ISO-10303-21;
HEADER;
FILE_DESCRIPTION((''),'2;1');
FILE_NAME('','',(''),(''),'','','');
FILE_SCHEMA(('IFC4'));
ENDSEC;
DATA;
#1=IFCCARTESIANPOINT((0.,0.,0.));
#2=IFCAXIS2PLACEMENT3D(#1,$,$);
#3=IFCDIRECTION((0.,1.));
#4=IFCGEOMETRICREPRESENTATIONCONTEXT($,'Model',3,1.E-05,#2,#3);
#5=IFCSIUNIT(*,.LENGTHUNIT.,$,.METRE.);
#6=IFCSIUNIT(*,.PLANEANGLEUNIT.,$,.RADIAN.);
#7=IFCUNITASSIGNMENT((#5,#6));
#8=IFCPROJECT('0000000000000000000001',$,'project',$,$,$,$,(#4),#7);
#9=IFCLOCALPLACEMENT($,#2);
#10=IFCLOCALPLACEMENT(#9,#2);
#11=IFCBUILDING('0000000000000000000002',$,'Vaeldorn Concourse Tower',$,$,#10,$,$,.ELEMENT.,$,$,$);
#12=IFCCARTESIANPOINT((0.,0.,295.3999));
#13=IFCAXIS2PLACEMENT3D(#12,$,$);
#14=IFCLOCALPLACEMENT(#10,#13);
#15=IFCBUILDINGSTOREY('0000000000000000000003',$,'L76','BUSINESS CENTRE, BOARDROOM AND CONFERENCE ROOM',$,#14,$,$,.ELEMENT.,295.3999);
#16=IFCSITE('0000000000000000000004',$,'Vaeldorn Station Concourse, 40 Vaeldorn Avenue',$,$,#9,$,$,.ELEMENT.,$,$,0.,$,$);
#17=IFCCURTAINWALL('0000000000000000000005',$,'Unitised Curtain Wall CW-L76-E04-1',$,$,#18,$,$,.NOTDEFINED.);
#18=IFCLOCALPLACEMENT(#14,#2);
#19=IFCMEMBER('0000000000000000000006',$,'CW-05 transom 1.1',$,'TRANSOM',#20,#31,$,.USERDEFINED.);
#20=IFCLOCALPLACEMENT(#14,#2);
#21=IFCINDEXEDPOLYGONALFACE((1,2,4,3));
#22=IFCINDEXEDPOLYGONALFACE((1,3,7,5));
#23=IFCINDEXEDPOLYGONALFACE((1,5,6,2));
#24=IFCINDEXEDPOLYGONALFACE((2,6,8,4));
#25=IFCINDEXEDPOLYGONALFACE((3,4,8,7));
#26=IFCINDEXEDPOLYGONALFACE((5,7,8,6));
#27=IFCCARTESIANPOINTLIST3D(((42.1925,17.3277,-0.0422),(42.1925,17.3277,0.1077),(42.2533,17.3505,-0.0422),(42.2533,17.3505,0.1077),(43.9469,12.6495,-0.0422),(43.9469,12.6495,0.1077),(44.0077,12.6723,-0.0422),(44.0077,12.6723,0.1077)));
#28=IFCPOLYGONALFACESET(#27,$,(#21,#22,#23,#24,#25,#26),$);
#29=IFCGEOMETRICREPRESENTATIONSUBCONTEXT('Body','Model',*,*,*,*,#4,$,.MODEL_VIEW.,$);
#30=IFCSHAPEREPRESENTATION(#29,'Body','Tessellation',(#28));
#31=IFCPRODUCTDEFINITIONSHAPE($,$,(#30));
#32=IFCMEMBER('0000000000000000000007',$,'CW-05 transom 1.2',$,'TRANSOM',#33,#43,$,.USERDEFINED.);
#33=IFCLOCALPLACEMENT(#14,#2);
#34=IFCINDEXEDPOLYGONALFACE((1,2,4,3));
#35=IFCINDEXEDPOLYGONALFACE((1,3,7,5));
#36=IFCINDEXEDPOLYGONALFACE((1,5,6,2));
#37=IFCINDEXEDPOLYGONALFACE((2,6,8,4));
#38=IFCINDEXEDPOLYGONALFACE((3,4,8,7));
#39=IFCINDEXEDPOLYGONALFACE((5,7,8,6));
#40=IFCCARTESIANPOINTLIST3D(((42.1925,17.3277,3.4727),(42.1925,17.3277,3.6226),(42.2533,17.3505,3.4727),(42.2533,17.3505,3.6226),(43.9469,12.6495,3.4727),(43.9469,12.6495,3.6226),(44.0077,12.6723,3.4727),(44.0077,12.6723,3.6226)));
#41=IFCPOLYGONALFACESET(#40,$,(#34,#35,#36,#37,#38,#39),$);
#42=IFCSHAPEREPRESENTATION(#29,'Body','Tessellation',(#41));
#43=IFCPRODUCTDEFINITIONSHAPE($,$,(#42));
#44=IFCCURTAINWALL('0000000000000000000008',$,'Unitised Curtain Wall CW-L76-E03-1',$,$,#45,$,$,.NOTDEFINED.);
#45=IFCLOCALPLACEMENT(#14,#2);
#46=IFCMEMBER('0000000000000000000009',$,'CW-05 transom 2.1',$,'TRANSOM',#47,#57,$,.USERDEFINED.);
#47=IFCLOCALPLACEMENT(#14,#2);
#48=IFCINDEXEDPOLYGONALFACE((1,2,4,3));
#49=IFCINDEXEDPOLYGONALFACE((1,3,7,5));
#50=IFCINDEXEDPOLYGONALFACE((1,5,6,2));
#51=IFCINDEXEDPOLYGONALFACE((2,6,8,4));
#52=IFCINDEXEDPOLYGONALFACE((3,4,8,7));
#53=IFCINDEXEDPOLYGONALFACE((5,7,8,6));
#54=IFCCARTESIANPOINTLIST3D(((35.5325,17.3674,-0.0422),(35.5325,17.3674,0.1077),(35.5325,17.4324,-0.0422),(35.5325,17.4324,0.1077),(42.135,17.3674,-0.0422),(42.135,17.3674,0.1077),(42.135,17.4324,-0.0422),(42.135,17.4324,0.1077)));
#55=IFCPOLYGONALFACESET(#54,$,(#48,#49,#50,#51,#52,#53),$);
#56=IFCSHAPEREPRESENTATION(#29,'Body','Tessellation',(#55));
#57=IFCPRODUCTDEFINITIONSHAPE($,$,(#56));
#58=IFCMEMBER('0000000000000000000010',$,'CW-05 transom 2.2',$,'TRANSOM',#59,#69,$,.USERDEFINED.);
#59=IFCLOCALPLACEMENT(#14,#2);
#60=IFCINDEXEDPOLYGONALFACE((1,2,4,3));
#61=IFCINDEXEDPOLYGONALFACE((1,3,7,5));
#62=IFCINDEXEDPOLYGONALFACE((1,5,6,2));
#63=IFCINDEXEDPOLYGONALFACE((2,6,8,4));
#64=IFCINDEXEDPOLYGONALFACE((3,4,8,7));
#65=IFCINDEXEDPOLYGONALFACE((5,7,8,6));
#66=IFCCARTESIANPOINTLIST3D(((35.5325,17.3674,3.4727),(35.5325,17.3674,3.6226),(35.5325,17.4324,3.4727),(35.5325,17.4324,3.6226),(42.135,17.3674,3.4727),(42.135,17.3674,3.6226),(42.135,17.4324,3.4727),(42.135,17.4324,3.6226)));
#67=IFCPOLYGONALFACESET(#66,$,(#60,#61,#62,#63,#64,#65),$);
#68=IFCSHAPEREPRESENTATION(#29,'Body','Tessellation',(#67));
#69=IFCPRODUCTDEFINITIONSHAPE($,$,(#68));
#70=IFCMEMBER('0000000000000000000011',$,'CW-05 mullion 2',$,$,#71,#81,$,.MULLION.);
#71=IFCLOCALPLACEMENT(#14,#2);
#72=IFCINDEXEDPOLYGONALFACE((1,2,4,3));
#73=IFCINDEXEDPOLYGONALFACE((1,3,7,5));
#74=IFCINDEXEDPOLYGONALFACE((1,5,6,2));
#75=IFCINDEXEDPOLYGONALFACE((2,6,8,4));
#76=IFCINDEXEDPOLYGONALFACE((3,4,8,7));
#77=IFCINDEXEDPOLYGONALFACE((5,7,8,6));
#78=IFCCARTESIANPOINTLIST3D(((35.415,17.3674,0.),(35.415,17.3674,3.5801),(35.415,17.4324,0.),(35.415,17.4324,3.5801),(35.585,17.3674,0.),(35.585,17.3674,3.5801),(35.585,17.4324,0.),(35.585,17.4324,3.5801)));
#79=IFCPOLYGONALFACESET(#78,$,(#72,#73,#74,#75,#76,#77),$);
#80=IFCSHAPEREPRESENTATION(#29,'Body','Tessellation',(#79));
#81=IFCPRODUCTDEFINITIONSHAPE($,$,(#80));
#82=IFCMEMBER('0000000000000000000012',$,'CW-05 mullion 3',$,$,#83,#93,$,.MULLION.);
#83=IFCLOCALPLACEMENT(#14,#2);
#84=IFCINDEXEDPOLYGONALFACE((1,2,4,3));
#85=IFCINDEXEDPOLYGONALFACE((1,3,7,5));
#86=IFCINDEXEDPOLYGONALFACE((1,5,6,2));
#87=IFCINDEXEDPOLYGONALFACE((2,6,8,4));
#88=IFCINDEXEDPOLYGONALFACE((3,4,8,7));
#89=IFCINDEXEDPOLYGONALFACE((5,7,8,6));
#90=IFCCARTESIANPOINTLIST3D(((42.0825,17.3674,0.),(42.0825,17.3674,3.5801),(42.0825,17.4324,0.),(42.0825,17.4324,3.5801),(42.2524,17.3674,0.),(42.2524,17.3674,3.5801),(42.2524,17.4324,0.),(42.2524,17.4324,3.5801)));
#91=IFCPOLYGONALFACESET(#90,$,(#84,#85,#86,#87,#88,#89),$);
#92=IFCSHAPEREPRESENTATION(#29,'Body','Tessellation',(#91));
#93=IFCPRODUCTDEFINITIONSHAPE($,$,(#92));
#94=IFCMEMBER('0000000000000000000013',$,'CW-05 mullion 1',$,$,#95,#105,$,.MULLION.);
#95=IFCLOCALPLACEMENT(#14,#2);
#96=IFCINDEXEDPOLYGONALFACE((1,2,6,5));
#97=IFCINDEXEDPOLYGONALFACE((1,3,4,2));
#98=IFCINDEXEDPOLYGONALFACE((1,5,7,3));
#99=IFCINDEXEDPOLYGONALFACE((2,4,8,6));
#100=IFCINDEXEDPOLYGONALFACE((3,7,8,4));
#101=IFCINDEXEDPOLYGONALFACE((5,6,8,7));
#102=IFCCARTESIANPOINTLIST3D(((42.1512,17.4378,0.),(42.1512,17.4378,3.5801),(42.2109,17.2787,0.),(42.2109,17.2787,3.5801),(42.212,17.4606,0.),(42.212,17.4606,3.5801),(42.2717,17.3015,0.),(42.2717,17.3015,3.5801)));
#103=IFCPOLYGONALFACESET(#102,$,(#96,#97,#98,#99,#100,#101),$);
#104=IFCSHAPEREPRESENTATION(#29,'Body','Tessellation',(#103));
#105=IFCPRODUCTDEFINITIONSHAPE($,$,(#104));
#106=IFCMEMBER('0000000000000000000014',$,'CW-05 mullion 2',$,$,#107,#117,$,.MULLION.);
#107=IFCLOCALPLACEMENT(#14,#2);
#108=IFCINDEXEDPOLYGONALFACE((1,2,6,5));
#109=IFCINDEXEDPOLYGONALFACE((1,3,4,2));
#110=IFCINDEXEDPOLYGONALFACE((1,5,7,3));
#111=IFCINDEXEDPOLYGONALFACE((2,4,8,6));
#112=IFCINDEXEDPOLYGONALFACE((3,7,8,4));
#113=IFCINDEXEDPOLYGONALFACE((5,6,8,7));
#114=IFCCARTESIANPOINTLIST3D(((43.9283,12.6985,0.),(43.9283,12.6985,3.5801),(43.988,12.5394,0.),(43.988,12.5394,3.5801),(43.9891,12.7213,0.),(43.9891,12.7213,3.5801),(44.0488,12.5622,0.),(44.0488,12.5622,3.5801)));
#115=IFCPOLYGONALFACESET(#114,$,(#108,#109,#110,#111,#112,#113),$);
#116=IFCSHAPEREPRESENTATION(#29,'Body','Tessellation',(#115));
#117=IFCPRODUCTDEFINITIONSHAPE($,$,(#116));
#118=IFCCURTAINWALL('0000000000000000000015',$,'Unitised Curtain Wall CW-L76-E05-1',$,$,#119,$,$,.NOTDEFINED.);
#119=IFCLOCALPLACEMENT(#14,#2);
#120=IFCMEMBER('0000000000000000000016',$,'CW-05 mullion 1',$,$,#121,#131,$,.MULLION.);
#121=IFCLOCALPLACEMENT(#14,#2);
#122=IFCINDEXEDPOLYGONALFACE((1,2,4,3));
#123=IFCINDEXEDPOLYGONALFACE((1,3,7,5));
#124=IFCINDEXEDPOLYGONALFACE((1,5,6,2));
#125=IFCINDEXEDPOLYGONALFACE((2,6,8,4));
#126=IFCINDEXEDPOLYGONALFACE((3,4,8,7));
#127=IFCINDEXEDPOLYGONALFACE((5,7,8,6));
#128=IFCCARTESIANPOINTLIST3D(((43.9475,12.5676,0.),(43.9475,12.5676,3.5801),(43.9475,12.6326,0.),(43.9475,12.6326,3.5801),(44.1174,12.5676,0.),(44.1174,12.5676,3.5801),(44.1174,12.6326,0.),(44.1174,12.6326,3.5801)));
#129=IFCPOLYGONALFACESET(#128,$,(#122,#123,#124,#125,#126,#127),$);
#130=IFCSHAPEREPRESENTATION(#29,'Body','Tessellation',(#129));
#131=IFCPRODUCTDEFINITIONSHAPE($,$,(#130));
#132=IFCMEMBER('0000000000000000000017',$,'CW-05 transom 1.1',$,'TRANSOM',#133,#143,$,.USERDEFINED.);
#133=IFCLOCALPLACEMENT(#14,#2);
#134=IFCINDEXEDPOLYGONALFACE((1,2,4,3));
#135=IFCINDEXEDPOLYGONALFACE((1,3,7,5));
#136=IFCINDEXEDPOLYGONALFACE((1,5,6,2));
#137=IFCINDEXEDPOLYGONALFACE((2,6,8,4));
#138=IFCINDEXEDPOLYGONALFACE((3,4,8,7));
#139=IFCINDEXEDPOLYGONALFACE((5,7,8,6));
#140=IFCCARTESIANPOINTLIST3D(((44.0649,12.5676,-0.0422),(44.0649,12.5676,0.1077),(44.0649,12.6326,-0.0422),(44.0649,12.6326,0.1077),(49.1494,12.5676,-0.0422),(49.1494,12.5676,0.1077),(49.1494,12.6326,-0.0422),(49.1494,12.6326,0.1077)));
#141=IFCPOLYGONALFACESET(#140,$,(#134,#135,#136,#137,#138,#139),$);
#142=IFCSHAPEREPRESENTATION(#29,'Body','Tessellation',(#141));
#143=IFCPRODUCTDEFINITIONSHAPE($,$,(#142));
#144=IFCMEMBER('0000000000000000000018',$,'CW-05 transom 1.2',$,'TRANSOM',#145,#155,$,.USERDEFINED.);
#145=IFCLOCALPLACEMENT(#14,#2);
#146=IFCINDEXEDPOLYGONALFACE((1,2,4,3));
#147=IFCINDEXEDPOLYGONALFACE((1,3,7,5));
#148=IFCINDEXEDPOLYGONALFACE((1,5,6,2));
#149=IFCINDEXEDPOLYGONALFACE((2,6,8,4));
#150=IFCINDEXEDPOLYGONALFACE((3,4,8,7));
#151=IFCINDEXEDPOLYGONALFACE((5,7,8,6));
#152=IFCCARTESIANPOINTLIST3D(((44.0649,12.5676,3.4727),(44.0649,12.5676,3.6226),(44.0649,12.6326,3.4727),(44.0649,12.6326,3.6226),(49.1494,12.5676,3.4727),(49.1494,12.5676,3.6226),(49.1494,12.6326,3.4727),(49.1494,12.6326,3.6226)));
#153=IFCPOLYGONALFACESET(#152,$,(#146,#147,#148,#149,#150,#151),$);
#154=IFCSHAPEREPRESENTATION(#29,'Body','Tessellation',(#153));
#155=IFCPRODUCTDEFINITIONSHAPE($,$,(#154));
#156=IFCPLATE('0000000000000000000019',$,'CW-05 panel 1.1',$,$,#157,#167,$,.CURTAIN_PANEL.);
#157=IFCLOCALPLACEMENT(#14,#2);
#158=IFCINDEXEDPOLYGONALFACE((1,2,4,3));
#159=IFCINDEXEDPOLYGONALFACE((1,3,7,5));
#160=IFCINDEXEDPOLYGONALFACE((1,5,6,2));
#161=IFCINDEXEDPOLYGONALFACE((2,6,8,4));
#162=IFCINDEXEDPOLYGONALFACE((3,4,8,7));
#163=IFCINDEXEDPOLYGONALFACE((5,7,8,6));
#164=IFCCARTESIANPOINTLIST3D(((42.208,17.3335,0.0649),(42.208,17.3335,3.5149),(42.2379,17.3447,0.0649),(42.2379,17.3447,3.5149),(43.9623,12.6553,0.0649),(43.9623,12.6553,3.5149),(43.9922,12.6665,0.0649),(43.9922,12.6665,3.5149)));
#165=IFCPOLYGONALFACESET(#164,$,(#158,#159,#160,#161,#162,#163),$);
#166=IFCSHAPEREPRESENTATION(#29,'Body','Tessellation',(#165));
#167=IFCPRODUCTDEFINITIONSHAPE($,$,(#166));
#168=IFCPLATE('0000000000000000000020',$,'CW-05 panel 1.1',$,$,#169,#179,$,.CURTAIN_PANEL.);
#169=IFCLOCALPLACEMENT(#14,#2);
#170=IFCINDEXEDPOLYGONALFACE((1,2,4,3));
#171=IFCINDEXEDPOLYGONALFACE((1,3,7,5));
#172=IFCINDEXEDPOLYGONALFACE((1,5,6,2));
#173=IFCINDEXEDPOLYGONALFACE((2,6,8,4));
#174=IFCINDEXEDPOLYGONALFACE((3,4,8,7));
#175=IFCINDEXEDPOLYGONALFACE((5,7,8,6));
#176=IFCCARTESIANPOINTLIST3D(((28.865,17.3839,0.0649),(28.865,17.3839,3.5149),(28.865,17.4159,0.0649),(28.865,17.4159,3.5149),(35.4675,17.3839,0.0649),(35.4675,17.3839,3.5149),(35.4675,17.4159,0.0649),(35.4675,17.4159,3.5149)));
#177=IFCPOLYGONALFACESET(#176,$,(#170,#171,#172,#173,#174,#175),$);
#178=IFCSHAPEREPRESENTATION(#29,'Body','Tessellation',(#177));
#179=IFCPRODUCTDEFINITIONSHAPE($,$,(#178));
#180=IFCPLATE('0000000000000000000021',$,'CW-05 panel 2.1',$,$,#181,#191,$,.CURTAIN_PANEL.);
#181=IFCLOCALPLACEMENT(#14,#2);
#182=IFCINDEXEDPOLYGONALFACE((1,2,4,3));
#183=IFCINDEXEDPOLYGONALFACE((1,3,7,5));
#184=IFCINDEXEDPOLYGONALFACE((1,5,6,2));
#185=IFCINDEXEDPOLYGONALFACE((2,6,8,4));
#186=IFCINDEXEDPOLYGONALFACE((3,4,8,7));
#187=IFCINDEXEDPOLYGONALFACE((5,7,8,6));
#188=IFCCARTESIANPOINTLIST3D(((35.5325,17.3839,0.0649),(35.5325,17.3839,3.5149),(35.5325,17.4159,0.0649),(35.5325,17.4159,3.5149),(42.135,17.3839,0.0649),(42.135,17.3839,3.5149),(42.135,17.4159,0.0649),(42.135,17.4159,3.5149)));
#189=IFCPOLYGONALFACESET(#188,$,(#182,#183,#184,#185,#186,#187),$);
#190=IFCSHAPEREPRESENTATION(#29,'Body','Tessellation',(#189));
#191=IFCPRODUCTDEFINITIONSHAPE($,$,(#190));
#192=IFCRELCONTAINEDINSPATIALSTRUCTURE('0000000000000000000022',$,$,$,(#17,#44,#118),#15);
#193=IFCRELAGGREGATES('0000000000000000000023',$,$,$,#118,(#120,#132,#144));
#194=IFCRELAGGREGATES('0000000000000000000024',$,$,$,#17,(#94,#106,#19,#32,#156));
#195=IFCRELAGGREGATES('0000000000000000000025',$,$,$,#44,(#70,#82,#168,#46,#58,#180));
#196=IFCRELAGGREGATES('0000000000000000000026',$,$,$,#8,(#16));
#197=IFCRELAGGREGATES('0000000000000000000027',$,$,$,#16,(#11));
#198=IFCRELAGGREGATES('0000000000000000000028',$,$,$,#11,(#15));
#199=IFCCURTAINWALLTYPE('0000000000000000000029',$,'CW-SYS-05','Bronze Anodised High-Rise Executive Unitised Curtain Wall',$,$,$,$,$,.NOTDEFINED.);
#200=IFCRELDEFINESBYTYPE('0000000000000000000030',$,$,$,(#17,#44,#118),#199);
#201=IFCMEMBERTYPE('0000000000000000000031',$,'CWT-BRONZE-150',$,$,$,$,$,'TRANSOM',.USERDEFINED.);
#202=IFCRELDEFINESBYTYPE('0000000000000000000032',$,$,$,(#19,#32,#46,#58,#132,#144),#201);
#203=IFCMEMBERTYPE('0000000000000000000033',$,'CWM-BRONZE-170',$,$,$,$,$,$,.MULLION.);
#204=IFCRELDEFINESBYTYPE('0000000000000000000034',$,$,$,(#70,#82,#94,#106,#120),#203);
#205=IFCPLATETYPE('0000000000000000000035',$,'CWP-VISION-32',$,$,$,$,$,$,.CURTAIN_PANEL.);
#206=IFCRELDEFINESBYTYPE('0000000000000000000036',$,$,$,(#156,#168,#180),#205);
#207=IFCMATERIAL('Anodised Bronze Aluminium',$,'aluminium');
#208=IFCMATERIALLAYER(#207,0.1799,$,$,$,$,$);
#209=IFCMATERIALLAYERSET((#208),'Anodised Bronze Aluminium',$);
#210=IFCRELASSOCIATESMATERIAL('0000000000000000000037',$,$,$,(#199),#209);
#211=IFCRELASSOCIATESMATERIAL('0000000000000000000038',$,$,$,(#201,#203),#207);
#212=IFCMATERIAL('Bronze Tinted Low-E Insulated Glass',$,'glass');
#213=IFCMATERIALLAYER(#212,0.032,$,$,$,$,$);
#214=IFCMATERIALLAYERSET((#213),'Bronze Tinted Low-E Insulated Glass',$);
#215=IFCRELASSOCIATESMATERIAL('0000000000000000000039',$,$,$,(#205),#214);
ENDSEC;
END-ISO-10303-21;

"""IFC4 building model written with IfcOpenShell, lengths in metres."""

from ifc_helpers import new_model, si_unit, direction, frame, origin, origin_2d, place, context, subcontext, project, spatial, rectangle, extrude, source, transform, mapped, material, layer, layer_set, material_profile, profile_set, type_object, element, aggregate, save


model = new_model("IFC4")

# Units and contexts
model_context = context("Model", 3, precision=1e-05, world=origin(), true_north=direction((0.0, 1.0)))
body_context = subcontext(model_context, "Body", "Model", "MODEL_VIEW")
ifc_project = project(units=[si_unit("LENGTHUNIT", "METRE"), si_unit("PLANEANGLEUNIT", "RADIAN")], contexts=[model_context])

# Site, building, storey
site_placement = place(None, origin())
site = spatial("IfcSite", under=ifc_project, at=site_placement, Name="Vaeldorn Station Concourse, 40 Vaeldorn Avenue", CompositionType="ELEMENT", RefElevation=0.0)
building_placement = place(site_placement, origin())
building = spatial("IfcBuilding", under=site, at=building_placement, Name="Vaeldorn Concourse Tower", CompositionType="ELEMENT")
storey_placement = place(building_placement, frame((0.0, 0.0, 295.3999)))
storey = spatial("IfcBuildingStorey", under=building, at=storey_placement, Name="L76", Description="BUSINESS CENTRE, BOARDROOM AND CONFERENCE ROOM", CompositionType="ELEMENT", Elevation=295.3999)

# Curtain walls, members
ifc_material_1 = material(Name="Anodised Bronze Aluminium", Category="aluminium")
ifc_layer_1 = layer(ifc_material_1, 0.1799)
ifc_layer_set_1 = layer_set([ifc_layer_1], Name="Anodised Bronze Aluminium")
curtain_wall_type = type_object("IfcCurtainWallType", Name="CW-SYS-05", Description="Bronze Anodised High-Rise Executive Unitised Curtain Wall", PredefinedType="NOTDEFINED", material=ifc_layer_set_1)
curtain_wall_1_placement = place(storey_placement, origin())
curtain_wall_1 = element("IfcCurtainWall", 1, at=curtain_wall_1_placement, inside=storey, type_object=curtain_wall_type, Name="Unitised Curtain Wall CW-L76-E04-1", PredefinedType="NOTDEFINED")
ifc_material_profile_1 = material_profile(ifc_material_1, rectangle(XDim=0.0649, YDim=0.1499, at=origin_2d()), Name="CWT 65x150")
ifc_profile_set_1 = profile_set([ifc_material_profile_1], Name="Anodised Bronze Aluminium")
member_type_1 = type_object("IfcMemberType", Name="CWT-BRONZE-150", ElementType="TRANSOM", PredefinedType="USERDEFINED", material=ifc_profile_set_1)
shared_shape_1 = source(origin(), body_context, "Body", "SweptSolid", [
    extrude(rectangle(XDim=0.0649, YDim=0.1499, at=origin_2d()), origin(), (0.0, 0.0, 1.0), 4.9963),
])
member_1_placement = place(storey_placement, frame((42.2229, 17.3391, 0.0327), z_axis=(0.351134, -0.936325, 0.0), x_axis=(0.936325, 0.351134, 0.0)))
member_1 = element("IfcMember", 2, at=member_1_placement, type_object=member_type_1, Name="CW-05 transom 1.1", ObjectType="TRANSOM", PredefinedType="USERDEFINED", context=body_context, shape_type="MappedRepresentation", body=[
    mapped(shared_shape_1, transform((0.0, 0.0, 0.0), scale=1.0)),
])
member_2_placement = place(storey_placement, frame((42.2229, 17.3391, 3.5476), z_axis=(0.351134, -0.936325, 0.0), x_axis=(0.936325, 0.351134, 0.0)))
member_2 = element("IfcMember", 3, at=member_2_placement, type_object=member_type_1, Name="CW-05 transom 1.2", ObjectType="TRANSOM", PredefinedType="USERDEFINED", context=body_context, shape_type="MappedRepresentation", body=[
    mapped(shared_shape_1, transform((0.0, 0.0, 0.0), scale=1.0)),
])
curtain_wall_2_placement = place(storey_placement, origin())
curtain_wall_2 = element("IfcCurtainWall", 4, at=curtain_wall_2_placement, inside=storey, type_object=curtain_wall_type, Name="Unitised Curtain Wall CW-L76-E03-1", PredefinedType="NOTDEFINED")
shared_shape_2 = source(origin(), body_context, "Body", "SweptSolid", [
    extrude(rectangle(XDim=0.0649, YDim=0.1499, at=origin_2d()), origin(), (0.0, 0.0, 1.0), 6.6025),
])
member_3_placement = place(storey_placement, frame((35.5325, 17.3999, 0.0327), z_axis=(1.0, 0.0, 0.0), x_axis=(0.0, 1.0, 0.0)))
member_3 = element("IfcMember", 5, at=member_3_placement, type_object=member_type_1, Name="CW-05 transom 2.1", ObjectType="TRANSOM", PredefinedType="USERDEFINED", context=body_context, shape_type="MappedRepresentation", body=[
    mapped(shared_shape_2, transform((0.0, 0.0, 0.0), scale=1.0)),
])
member_4_placement = place(storey_placement, frame((35.5325, 17.3999, 3.5476), z_axis=(1.0, 0.0, 0.0), x_axis=(0.0, 1.0, 0.0)))
member_4 = element("IfcMember", 6, at=member_4_placement, type_object=member_type_1, Name="CW-05 transom 2.2", ObjectType="TRANSOM", PredefinedType="USERDEFINED", context=body_context, shape_type="MappedRepresentation", body=[
    mapped(shared_shape_2, transform((0.0, 0.0, 0.0), scale=1.0)),
])
ifc_material_profile_2 = material_profile(ifc_material_1, rectangle(XDim=0.0649, YDim=0.1699, at=origin_2d()), Name="CWM 65x170")
ifc_profile_set_2 = profile_set([ifc_material_profile_2], Name="Anodised Bronze Aluminium")
member_type_2 = type_object("IfcMemberType", Name="CWM-BRONZE-170", PredefinedType="MULLION", material=ifc_profile_set_2)
shared_shape_3 = source(origin(), body_context, "Body", "SweptSolid", [
    extrude(rectangle(XDim=0.0649, YDim=0.1699, at=origin_2d()), origin(), (0.0, 0.0, 1.0), 3.5801),
])
member_5_placement = place(storey_placement, frame((35.5, 17.3999, 0.0), z_axis=(0.0, 0.0, 1.0), x_axis=(0.0, 1.0, 0.0)))
member_5 = element("IfcMember", 7, at=member_5_placement, type_object=member_type_2, Name="CW-05 mullion 2", PredefinedType="MULLION", context=body_context, shape_type="MappedRepresentation", body=[
    mapped(shared_shape_3, transform((0.0, 0.0, 0.0), scale=1.0)),
])
member_6_placement = place(storey_placement, frame((42.1675, 17.3999, 0.0), z_axis=(0.0, 0.0, 1.0), x_axis=(0.0, 1.0, 0.0)))
member_6 = element("IfcMember", 8, at=member_6_placement, type_object=member_type_2, Name="CW-05 mullion 3", PredefinedType="MULLION", context=body_context, shape_type="MappedRepresentation", body=[
    mapped(shared_shape_3, transform((0.0, 0.0, 0.0), scale=1.0)),
])

# Members
member_7_placement = place(storey_placement, frame((42.2114, 17.3696, 0.0), z_axis=(0.0, 0.0, 1.0), x_axis=(0.936329, 0.351123, 0.0)))
member_7 = element("IfcMember", 9, at=member_7_placement, type_object=member_type_2, Name="CW-05 mullion 1", PredefinedType="MULLION", context=body_context, shape_type="MappedRepresentation", body=[
    mapped(shared_shape_3, transform((0.0, 0.0, 0.0), scale=1.0)),
])
member_8_placement = place(storey_placement, frame((43.9885, 12.6304, 0.0), z_axis=(0.0, 0.0, 1.0), x_axis=(0.936329, 0.351123, 0.0)))
member_8 = element("IfcMember", 10, at=member_8_placement, type_object=member_type_2, Name="CW-05 mullion 2", PredefinedType="MULLION", context=body_context, shape_type="MappedRepresentation", body=[
    mapped(shared_shape_3, transform((0.0, 0.0, 0.0), scale=1.0)),
])

# Curtain wall, members
curtain_wall_3_placement = place(storey_placement, origin())
curtain_wall_3 = element("IfcCurtainWall", 11, at=curtain_wall_3_placement, inside=storey, type_object=curtain_wall_type, Name="Unitised Curtain Wall CW-L76-E05-1", PredefinedType="NOTDEFINED")
member_9_placement = place(storey_placement, frame((44.0325, 12.6001, 0.0), z_axis=(0.0, 0.0, 1.0), x_axis=(0.0, 1.0, 0.0)))
member_9 = element("IfcMember", 12, at=member_9_placement, type_object=member_type_2, Name="CW-05 mullion 1", PredefinedType="MULLION", context=body_context, shape_type="MappedRepresentation", body=[
    mapped(shared_shape_3, transform((0.0, 0.0, 0.0), scale=1.0)),
])
shared_shape_4 = source(origin(), body_context, "Body", "SweptSolid", [
    extrude(rectangle(XDim=0.0649, YDim=0.1499, at=origin_2d()), origin(), (0.0, 0.0, 1.0), 5.0845),
])
member_10_placement = place(storey_placement, frame((44.0649, 12.6001, 0.0327), z_axis=(1.0, 0.0, 0.0), x_axis=(0.0, 1.0, 0.0)))
member_10 = element("IfcMember", 13, at=member_10_placement, type_object=member_type_1, Name="CW-05 transom 1.1", ObjectType="TRANSOM", PredefinedType="USERDEFINED", context=body_context, shape_type="MappedRepresentation", body=[
    mapped(shared_shape_4, transform((0.0, 0.0, 0.0), scale=1.0)),
])
member_11_placement = place(storey_placement, frame((44.0649, 12.6001, 3.5476), z_axis=(1.0, 0.0, 0.0), x_axis=(0.0, 1.0, 0.0)))
member_11 = element("IfcMember", 14, at=member_11_placement, type_object=member_type_1, Name="CW-05 transom 1.2", ObjectType="TRANSOM", PredefinedType="USERDEFINED", context=body_context, shape_type="MappedRepresentation", body=[
    mapped(shared_shape_4, transform((0.0, 0.0, 0.0), scale=1.0)),
])
aggregate(curtain_wall_3, [member_9, member_10, member_11])

# Plates
ifc_material_2 = material(Name="Bronze Tinted Low-E Insulated Glass", Category="glass")
ifc_layer_2 = layer(ifc_material_2, 0.032)
ifc_layer_set_2 = layer_set([ifc_layer_2], Name="Bronze Tinted Low-E Insulated Glass")
plate_type = type_object("IfcPlateType", Name="CWP-VISION-32", PredefinedType="CURTAIN_PANEL", material=ifc_layer_set_2)
shared_shape_5 = source(origin(), body_context, "Body", "SweptSolid", [
    extrude(rectangle(XDim=4.9963, YDim=0.032, at=origin_2d()), origin(), (0.0, 0.0, 1.0), 3.45),
])
plate_1_placement = place(storey_placement, frame((43.1001, 15.0, 0.0649), z_axis=(0.0, 0.0, 1.0), x_axis=(0.351123, -0.936329, 0.0)))
plate_1 = element("IfcPlate", 15, at=plate_1_placement, type_object=plate_type, Name="CW-05 panel 1.1", PredefinedType="CURTAIN_PANEL", context=body_context, shape_type="MappedRepresentation", body=[
    mapped(shared_shape_5, transform((0.0, 0.0, 0.0), scale=1.0)),
])
aggregate(curtain_wall_1, [member_7, member_8, member_1, member_2, plate_1])
shared_shape_6 = source(origin(), body_context, "Body", "SweptSolid", [
    extrude(rectangle(XDim=6.6025, YDim=0.032, at=origin_2d()), origin(), (0.0, 0.0, 1.0), 3.45),
])
plate_2_placement = place(storey_placement, frame((32.1663, 17.3999, 0.0649), z_axis=(0.0, 0.0, 1.0), x_axis=(1.0, 0.0, 0.0)))
plate_2 = element("IfcPlate", 16, at=plate_2_placement, type_object=plate_type, Name="CW-05 panel 1.1", PredefinedType="CURTAIN_PANEL", context=body_context, shape_type="MappedRepresentation", body=[
    mapped(shared_shape_6, transform((0.0, 0.0, 0.0), scale=1.0)),
])
plate_3_placement = place(storey_placement, frame((38.8337, 17.3999, 0.0649), z_axis=(0.0, 0.0, 1.0), x_axis=(1.0, 0.0, 0.0)))
plate_3 = element("IfcPlate", 17, at=plate_3_placement, type_object=plate_type, Name="CW-05 panel 2.1", PredefinedType="CURTAIN_PANEL", context=body_context, shape_type="MappedRepresentation", body=[
    mapped(shared_shape_6, transform((0.0, 0.0, 0.0), scale=1.0)),
])
aggregate(curtain_wall_2, [member_5, member_6, plate_2, member_3, member_4, plate_3])

save(model, "model.ifc")
